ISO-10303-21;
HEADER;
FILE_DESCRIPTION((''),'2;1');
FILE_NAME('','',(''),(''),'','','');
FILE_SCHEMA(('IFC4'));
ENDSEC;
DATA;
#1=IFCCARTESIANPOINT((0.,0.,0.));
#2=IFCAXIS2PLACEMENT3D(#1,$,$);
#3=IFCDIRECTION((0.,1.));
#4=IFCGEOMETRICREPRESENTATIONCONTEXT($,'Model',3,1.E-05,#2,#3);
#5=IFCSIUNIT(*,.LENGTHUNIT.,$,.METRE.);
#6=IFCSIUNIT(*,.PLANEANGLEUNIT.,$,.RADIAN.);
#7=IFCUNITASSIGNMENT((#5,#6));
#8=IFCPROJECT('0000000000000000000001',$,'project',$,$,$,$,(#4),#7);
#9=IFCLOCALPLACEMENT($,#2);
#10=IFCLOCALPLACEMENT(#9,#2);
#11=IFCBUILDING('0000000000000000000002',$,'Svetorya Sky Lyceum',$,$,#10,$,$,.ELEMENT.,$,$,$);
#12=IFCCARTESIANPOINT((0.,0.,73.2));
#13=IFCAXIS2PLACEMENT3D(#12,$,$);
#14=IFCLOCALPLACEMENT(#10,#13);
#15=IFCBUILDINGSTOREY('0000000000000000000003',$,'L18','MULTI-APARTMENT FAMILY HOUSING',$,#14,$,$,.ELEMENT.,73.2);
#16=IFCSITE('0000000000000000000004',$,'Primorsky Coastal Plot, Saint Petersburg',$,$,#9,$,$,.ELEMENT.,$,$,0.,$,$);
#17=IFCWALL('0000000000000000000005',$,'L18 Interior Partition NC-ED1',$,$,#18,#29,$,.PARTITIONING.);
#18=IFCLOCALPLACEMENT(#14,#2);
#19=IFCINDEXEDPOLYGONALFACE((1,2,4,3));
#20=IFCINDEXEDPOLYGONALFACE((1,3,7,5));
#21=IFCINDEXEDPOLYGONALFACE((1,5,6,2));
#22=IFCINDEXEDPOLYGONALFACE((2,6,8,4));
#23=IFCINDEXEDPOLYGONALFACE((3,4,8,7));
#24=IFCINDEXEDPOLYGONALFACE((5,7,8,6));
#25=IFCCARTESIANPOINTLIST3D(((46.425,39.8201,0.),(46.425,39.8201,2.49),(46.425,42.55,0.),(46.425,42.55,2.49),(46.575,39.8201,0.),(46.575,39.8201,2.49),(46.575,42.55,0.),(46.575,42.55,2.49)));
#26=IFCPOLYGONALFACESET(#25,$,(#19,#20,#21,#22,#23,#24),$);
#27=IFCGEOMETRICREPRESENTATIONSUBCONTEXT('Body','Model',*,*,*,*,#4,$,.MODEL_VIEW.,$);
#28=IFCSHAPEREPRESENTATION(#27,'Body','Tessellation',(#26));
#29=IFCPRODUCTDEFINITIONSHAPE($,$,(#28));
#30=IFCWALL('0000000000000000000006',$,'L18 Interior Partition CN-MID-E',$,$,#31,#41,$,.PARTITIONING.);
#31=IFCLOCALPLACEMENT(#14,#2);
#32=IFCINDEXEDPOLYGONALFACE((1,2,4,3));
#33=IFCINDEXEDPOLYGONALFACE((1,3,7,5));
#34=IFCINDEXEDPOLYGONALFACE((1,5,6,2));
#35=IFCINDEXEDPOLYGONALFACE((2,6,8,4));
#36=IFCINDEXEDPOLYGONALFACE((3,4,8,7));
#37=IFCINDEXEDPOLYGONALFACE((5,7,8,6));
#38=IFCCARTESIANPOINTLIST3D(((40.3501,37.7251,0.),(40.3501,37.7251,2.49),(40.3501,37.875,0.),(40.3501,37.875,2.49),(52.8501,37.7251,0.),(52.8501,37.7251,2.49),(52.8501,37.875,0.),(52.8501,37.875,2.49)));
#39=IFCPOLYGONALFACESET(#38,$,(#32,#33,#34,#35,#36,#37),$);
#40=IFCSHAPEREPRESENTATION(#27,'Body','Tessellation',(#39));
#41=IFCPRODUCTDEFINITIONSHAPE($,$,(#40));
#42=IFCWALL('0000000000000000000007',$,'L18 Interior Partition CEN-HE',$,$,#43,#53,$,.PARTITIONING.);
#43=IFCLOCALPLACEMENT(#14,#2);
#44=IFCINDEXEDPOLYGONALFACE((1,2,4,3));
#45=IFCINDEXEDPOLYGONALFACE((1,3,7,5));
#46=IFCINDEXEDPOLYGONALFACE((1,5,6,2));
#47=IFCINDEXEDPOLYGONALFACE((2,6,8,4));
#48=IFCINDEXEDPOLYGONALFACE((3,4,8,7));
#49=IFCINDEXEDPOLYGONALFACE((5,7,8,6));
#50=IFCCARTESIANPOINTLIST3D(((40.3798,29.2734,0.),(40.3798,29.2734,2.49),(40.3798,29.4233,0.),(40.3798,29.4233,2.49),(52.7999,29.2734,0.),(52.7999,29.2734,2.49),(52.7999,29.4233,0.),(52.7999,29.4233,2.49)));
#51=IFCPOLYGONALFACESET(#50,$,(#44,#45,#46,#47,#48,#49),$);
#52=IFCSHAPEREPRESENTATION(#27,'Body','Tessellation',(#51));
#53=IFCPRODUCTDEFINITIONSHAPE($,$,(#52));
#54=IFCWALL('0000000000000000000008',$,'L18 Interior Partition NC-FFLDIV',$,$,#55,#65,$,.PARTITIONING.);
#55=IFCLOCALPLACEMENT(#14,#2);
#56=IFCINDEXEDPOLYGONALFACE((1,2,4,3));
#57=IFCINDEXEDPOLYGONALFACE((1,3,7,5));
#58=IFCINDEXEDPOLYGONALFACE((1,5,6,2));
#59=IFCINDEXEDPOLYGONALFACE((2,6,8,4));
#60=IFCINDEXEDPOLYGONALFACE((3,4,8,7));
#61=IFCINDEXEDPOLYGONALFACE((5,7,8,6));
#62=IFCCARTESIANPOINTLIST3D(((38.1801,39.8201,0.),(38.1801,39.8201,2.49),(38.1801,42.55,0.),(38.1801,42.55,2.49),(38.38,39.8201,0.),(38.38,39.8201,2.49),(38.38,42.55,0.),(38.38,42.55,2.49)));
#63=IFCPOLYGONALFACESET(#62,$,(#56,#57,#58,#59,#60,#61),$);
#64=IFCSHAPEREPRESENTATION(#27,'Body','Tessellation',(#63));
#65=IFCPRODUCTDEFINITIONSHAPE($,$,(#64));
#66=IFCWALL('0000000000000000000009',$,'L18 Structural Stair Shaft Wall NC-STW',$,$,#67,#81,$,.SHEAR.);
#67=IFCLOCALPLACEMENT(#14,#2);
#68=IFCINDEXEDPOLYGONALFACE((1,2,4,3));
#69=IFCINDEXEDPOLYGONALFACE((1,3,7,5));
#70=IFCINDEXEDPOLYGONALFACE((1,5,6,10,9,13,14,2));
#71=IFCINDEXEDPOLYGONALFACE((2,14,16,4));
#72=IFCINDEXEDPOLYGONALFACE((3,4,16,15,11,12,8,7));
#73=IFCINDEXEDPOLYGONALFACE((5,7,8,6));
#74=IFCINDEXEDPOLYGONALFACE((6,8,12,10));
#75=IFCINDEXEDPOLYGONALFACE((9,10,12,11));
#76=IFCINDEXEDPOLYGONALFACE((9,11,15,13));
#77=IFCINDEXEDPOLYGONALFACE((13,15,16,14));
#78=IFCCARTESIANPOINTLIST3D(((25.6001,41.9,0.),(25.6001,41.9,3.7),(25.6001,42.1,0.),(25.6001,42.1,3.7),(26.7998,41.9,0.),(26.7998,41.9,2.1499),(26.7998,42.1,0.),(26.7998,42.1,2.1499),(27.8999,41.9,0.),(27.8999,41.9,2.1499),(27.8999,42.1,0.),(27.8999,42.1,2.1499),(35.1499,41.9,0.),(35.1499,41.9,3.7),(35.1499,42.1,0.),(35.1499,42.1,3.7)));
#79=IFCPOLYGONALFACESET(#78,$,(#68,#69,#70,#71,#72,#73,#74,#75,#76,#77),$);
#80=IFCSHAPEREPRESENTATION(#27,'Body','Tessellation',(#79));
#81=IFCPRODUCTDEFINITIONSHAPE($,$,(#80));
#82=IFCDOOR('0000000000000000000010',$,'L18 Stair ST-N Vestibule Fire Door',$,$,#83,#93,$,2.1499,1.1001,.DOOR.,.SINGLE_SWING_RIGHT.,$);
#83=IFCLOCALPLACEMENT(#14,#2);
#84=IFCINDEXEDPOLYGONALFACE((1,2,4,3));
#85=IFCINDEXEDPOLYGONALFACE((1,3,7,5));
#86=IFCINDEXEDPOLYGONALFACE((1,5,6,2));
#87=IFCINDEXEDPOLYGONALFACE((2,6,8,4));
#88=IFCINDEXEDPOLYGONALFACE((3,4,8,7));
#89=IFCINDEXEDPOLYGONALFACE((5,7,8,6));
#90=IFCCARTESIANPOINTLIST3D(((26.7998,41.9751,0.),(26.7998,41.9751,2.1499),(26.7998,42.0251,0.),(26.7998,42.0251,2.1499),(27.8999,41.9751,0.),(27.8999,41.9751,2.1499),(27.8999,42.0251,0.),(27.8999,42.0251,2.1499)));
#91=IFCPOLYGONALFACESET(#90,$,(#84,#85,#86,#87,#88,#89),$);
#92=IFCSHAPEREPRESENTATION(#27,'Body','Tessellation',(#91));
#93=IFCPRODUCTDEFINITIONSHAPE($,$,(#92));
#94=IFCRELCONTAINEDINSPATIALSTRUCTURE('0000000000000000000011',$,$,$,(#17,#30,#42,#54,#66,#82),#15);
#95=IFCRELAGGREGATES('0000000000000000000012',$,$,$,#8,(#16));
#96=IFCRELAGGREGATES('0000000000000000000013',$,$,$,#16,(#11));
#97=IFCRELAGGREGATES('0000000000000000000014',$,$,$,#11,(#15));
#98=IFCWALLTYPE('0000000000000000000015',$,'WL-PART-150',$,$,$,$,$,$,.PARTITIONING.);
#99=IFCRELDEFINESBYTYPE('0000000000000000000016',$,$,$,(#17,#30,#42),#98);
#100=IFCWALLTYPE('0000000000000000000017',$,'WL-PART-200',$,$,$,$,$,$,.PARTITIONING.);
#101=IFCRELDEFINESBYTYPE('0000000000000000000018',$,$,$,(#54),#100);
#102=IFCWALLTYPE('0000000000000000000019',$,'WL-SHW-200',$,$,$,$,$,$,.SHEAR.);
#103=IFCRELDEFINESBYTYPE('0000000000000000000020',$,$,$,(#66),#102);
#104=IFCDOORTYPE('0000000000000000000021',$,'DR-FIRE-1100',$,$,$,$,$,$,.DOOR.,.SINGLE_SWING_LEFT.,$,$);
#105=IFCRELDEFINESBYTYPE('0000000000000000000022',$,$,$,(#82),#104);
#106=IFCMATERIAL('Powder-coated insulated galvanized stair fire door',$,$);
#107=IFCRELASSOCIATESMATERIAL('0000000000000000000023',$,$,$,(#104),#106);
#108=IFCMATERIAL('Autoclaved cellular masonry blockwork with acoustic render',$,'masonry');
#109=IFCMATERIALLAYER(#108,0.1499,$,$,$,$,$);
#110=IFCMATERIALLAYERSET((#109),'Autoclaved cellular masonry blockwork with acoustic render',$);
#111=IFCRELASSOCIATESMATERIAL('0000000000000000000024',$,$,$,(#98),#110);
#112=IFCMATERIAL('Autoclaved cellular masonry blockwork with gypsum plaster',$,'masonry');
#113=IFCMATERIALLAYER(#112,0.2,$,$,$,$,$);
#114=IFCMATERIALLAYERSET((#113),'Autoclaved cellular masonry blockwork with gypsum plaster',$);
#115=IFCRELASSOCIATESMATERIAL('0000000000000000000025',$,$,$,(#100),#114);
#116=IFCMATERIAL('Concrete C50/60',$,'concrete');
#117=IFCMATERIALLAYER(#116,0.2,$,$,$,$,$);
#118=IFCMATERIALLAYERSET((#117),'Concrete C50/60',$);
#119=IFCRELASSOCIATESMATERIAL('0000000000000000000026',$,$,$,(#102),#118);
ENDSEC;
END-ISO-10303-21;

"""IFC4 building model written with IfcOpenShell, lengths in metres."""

from ifc_helpers import new_model, si_unit, direction, frame, frame_2d, origin, place, context, subcontext, project, spatial, rectangle, extrude, material, layer, layer_set, type_object, element, fill, save


model = new_model("IFC4")

# Units and contexts
model_context = context("Model", 3, precision=1e-05, world=origin(), true_north=direction((0.0, 1.0)))
body_context = subcontext(model_context, "Body", "Model", "MODEL_VIEW")
ifc_project = project(units=[si_unit("LENGTHUNIT", "METRE"), si_unit("PLANEANGLEUNIT", "RADIAN")], contexts=[model_context])

# Site, building, storey
site_placement = place(None, origin())
site = spatial("IfcSite", under=ifc_project, at=site_placement, Name="Primorsky Coastal Plot, Saint Petersburg", CompositionType="ELEMENT", RefElevation=0.0)
building_placement = place(site_placement, origin())
building = spatial("IfcBuilding", under=site, at=building_placement, Name="Svetorya Sky Lyceum", CompositionType="ELEMENT")
storey_placement = place(building_placement, frame((0.0, 0.0, 73.2)))
storey = spatial("IfcBuildingStorey", under=building, at=storey_placement, Name="L18", Description="MULTI-APARTMENT FAMILY HOUSING", CompositionType="ELEMENT", Elevation=73.2)

# Shared definitions
ifc_material_1 = material(Name="Concrete C50/60", Category="concrete")

# Shared definitions
ifc_material_2 = material(Name="Powder-coated insulated galvanized stair fire door")
door_type_1 = type_object("IfcDoorType", Name="DR-FIRE-1100", OperationType="SINGLE_SWING_LEFT", PredefinedType="DOOR", material=ifc_material_2)

# Walls
ifc_material_3 = material(Name="Autoclaved cellular masonry blockwork with acoustic render", Category="masonry")
ifc_layer_1 = layer(ifc_material_3, 0.1499)
ifc_layer_set_1 = layer_set([ifc_layer_1], Name="Autoclaved cellular masonry blockwork with acoustic render")
wall_type_1 = type_object("IfcWallType", Name="WL-PART-150", PredefinedType="PARTITIONING", material=ifc_layer_set_1)
wall_1_placement = place(storey_placement, frame((46.5, 39.8201, 0.0), z_axis=(0.0, 0.0, 1.0), x_axis=(0.0, 1.0, 0.0)))
element("IfcWall", 1, at=wall_1_placement, inside=storey, type_object=wall_type_1, Name="L18 Interior Partition NC-ED1", PredefinedType="PARTITIONING", context=body_context, shape_type="SweptSolid", body=[
    extrude(rectangle(XDim=2.73, YDim=0.1499, at=frame_2d((1.365, 0.0))), origin(), (0.0, 0.0, 1.0), 2.49),
])
wall_2_placement = place(storey_placement, frame((40.3501, 37.8, 0.0), z_axis=(0.0, 0.0, 1.0), x_axis=(1.0, 0.0, 0.0)))
element("IfcWall", 2, at=wall_2_placement, inside=storey, type_object=wall_type_1, Name="L18 Interior Partition CN-MID-E", PredefinedType="PARTITIONING", context=body_context, shape_type="SweptSolid", body=[
    extrude(rectangle(XDim=12.5, YDim=0.1499, at=frame_2d((6.25, 0.0))), origin(), (0.0, 0.0, 1.0), 2.49),
])
wall_3_placement = place(storey_placement, frame((40.3799, 29.3484, 0.0), z_axis=(0.0, 0.0, 1.0), x_axis=(1.0, 0.0, 0.0)))
element("IfcWall", 3, at=wall_3_placement, inside=storey, type_object=wall_type_1, Name="L18 Interior Partition CEN-HE", PredefinedType="PARTITIONING", context=body_context, shape_type="SweptSolid", body=[
    extrude(rectangle(XDim=12.4202, YDim=0.1499, at=frame_2d((6.21, 0.0))), origin(), (0.0, 0.0, 1.0), 2.49),
])

# Shared definitions
ifc_material_4 = material(Name="Autoclaved cellular masonry blockwork with gypsum plaster", Category="masonry")
ifc_layer_2 = layer(ifc_material_4, 0.2)
ifc_layer_set_2 = layer_set([ifc_layer_2], Name="Autoclaved cellular masonry blockwork with gypsum plaster")
wall_type_2 = type_object("IfcWallType", Name="WL-PART-200", PredefinedType="PARTITIONING", material=ifc_layer_set_2)

# Wall
wall_4_placement = place(storey_placement, frame((38.28, 39.8201, 0.0), z_axis=(0.0, 0.0, 1.0), x_axis=(0.0, 1.0, 0.0)))
element("IfcWall", 4, at=wall_4_placement, inside=storey, type_object=wall_type_2, Name="L18 Interior Partition NC-FFLDIV", PredefinedType="PARTITIONING", context=body_context, shape_type="SweptSolid", body=[
    extrude(rectangle(XDim=2.73, YDim=0.2, at=frame_2d((1.365, 0.0))), origin(), (0.0, 0.0, 1.0), 2.49),
])

# Wall, opening, door
ifc_layer_3 = layer(ifc_material_1, 0.2)
ifc_layer_set_3 = layer_set([ifc_layer_3], Name="Concrete C50/60")
wall_type_3 = type_object("IfcWallType", Name="WL-SHW-200", PredefinedType="SHEAR", material=ifc_layer_set_3)
wall_5_placement = place(storey_placement, frame((35.1499, 42.0, 0.0), z_axis=(0.0, 0.0, 1.0), x_axis=(-1.0, 0.0, 0.0)))
wall_5 = element("IfcWall", 5, at=wall_5_placement, inside=storey, type_object=wall_type_3, Name="L18 Structural Stair Shaft Wall NC-STW", PredefinedType="SHEAR", context=body_context, shape_type="SweptSolid", body=[
    extrude(rectangle(XDim=9.5498, YDim=0.2, at=frame_2d((4.7749, 0.0))), origin(), (0.0, 0.0, 1.0), 3.7),
])
opening_1_placement = place(wall_5_placement, frame((7.25, 0.0, 0.0)))
opening_1 = element("IfcOpeningElement", 6, at=opening_1_placement, cuts=wall_5, PredefinedType="OPENING", context=body_context, shape_type="SweptSolid", body=[
    extrude(rectangle(XDim=1.1001, YDim=2.1499, at=frame_2d((0.55, 1.075))), frame((0.0, 0.1099, 0.0), z_axis=(0.0, -1.0, 0.0), x_axis=(1.0, 0.0, 0.0)), (0.0, 0.0, 1.0), 0.22),
])
door_1_placement = place(opening_1_placement, origin())
door_1 = element("IfcDoor", 7, at=door_1_placement, inside=storey, type_object=door_type_1, Name="L18 Stair ST-N Vestibule Fire Door", OperationType="SINGLE_SWING_RIGHT", OverallHeight=2.1499, OverallWidth=1.1001, PredefinedType="DOOR", context=body_context, shape_type="SweptSolid", body=[
    extrude(rectangle(XDim=1.1001, YDim=2.1499, at=frame_2d((0.55, 1.075))), frame((0.0, 0.0249, 0.0), z_axis=(0.0, -1.0, 0.0), x_axis=(1.0, 0.0, 0.0)), (0.0, 0.0, 1.0), 0.05),
])
fill(opening_1, door_1)

save(model, "model.ifc")
